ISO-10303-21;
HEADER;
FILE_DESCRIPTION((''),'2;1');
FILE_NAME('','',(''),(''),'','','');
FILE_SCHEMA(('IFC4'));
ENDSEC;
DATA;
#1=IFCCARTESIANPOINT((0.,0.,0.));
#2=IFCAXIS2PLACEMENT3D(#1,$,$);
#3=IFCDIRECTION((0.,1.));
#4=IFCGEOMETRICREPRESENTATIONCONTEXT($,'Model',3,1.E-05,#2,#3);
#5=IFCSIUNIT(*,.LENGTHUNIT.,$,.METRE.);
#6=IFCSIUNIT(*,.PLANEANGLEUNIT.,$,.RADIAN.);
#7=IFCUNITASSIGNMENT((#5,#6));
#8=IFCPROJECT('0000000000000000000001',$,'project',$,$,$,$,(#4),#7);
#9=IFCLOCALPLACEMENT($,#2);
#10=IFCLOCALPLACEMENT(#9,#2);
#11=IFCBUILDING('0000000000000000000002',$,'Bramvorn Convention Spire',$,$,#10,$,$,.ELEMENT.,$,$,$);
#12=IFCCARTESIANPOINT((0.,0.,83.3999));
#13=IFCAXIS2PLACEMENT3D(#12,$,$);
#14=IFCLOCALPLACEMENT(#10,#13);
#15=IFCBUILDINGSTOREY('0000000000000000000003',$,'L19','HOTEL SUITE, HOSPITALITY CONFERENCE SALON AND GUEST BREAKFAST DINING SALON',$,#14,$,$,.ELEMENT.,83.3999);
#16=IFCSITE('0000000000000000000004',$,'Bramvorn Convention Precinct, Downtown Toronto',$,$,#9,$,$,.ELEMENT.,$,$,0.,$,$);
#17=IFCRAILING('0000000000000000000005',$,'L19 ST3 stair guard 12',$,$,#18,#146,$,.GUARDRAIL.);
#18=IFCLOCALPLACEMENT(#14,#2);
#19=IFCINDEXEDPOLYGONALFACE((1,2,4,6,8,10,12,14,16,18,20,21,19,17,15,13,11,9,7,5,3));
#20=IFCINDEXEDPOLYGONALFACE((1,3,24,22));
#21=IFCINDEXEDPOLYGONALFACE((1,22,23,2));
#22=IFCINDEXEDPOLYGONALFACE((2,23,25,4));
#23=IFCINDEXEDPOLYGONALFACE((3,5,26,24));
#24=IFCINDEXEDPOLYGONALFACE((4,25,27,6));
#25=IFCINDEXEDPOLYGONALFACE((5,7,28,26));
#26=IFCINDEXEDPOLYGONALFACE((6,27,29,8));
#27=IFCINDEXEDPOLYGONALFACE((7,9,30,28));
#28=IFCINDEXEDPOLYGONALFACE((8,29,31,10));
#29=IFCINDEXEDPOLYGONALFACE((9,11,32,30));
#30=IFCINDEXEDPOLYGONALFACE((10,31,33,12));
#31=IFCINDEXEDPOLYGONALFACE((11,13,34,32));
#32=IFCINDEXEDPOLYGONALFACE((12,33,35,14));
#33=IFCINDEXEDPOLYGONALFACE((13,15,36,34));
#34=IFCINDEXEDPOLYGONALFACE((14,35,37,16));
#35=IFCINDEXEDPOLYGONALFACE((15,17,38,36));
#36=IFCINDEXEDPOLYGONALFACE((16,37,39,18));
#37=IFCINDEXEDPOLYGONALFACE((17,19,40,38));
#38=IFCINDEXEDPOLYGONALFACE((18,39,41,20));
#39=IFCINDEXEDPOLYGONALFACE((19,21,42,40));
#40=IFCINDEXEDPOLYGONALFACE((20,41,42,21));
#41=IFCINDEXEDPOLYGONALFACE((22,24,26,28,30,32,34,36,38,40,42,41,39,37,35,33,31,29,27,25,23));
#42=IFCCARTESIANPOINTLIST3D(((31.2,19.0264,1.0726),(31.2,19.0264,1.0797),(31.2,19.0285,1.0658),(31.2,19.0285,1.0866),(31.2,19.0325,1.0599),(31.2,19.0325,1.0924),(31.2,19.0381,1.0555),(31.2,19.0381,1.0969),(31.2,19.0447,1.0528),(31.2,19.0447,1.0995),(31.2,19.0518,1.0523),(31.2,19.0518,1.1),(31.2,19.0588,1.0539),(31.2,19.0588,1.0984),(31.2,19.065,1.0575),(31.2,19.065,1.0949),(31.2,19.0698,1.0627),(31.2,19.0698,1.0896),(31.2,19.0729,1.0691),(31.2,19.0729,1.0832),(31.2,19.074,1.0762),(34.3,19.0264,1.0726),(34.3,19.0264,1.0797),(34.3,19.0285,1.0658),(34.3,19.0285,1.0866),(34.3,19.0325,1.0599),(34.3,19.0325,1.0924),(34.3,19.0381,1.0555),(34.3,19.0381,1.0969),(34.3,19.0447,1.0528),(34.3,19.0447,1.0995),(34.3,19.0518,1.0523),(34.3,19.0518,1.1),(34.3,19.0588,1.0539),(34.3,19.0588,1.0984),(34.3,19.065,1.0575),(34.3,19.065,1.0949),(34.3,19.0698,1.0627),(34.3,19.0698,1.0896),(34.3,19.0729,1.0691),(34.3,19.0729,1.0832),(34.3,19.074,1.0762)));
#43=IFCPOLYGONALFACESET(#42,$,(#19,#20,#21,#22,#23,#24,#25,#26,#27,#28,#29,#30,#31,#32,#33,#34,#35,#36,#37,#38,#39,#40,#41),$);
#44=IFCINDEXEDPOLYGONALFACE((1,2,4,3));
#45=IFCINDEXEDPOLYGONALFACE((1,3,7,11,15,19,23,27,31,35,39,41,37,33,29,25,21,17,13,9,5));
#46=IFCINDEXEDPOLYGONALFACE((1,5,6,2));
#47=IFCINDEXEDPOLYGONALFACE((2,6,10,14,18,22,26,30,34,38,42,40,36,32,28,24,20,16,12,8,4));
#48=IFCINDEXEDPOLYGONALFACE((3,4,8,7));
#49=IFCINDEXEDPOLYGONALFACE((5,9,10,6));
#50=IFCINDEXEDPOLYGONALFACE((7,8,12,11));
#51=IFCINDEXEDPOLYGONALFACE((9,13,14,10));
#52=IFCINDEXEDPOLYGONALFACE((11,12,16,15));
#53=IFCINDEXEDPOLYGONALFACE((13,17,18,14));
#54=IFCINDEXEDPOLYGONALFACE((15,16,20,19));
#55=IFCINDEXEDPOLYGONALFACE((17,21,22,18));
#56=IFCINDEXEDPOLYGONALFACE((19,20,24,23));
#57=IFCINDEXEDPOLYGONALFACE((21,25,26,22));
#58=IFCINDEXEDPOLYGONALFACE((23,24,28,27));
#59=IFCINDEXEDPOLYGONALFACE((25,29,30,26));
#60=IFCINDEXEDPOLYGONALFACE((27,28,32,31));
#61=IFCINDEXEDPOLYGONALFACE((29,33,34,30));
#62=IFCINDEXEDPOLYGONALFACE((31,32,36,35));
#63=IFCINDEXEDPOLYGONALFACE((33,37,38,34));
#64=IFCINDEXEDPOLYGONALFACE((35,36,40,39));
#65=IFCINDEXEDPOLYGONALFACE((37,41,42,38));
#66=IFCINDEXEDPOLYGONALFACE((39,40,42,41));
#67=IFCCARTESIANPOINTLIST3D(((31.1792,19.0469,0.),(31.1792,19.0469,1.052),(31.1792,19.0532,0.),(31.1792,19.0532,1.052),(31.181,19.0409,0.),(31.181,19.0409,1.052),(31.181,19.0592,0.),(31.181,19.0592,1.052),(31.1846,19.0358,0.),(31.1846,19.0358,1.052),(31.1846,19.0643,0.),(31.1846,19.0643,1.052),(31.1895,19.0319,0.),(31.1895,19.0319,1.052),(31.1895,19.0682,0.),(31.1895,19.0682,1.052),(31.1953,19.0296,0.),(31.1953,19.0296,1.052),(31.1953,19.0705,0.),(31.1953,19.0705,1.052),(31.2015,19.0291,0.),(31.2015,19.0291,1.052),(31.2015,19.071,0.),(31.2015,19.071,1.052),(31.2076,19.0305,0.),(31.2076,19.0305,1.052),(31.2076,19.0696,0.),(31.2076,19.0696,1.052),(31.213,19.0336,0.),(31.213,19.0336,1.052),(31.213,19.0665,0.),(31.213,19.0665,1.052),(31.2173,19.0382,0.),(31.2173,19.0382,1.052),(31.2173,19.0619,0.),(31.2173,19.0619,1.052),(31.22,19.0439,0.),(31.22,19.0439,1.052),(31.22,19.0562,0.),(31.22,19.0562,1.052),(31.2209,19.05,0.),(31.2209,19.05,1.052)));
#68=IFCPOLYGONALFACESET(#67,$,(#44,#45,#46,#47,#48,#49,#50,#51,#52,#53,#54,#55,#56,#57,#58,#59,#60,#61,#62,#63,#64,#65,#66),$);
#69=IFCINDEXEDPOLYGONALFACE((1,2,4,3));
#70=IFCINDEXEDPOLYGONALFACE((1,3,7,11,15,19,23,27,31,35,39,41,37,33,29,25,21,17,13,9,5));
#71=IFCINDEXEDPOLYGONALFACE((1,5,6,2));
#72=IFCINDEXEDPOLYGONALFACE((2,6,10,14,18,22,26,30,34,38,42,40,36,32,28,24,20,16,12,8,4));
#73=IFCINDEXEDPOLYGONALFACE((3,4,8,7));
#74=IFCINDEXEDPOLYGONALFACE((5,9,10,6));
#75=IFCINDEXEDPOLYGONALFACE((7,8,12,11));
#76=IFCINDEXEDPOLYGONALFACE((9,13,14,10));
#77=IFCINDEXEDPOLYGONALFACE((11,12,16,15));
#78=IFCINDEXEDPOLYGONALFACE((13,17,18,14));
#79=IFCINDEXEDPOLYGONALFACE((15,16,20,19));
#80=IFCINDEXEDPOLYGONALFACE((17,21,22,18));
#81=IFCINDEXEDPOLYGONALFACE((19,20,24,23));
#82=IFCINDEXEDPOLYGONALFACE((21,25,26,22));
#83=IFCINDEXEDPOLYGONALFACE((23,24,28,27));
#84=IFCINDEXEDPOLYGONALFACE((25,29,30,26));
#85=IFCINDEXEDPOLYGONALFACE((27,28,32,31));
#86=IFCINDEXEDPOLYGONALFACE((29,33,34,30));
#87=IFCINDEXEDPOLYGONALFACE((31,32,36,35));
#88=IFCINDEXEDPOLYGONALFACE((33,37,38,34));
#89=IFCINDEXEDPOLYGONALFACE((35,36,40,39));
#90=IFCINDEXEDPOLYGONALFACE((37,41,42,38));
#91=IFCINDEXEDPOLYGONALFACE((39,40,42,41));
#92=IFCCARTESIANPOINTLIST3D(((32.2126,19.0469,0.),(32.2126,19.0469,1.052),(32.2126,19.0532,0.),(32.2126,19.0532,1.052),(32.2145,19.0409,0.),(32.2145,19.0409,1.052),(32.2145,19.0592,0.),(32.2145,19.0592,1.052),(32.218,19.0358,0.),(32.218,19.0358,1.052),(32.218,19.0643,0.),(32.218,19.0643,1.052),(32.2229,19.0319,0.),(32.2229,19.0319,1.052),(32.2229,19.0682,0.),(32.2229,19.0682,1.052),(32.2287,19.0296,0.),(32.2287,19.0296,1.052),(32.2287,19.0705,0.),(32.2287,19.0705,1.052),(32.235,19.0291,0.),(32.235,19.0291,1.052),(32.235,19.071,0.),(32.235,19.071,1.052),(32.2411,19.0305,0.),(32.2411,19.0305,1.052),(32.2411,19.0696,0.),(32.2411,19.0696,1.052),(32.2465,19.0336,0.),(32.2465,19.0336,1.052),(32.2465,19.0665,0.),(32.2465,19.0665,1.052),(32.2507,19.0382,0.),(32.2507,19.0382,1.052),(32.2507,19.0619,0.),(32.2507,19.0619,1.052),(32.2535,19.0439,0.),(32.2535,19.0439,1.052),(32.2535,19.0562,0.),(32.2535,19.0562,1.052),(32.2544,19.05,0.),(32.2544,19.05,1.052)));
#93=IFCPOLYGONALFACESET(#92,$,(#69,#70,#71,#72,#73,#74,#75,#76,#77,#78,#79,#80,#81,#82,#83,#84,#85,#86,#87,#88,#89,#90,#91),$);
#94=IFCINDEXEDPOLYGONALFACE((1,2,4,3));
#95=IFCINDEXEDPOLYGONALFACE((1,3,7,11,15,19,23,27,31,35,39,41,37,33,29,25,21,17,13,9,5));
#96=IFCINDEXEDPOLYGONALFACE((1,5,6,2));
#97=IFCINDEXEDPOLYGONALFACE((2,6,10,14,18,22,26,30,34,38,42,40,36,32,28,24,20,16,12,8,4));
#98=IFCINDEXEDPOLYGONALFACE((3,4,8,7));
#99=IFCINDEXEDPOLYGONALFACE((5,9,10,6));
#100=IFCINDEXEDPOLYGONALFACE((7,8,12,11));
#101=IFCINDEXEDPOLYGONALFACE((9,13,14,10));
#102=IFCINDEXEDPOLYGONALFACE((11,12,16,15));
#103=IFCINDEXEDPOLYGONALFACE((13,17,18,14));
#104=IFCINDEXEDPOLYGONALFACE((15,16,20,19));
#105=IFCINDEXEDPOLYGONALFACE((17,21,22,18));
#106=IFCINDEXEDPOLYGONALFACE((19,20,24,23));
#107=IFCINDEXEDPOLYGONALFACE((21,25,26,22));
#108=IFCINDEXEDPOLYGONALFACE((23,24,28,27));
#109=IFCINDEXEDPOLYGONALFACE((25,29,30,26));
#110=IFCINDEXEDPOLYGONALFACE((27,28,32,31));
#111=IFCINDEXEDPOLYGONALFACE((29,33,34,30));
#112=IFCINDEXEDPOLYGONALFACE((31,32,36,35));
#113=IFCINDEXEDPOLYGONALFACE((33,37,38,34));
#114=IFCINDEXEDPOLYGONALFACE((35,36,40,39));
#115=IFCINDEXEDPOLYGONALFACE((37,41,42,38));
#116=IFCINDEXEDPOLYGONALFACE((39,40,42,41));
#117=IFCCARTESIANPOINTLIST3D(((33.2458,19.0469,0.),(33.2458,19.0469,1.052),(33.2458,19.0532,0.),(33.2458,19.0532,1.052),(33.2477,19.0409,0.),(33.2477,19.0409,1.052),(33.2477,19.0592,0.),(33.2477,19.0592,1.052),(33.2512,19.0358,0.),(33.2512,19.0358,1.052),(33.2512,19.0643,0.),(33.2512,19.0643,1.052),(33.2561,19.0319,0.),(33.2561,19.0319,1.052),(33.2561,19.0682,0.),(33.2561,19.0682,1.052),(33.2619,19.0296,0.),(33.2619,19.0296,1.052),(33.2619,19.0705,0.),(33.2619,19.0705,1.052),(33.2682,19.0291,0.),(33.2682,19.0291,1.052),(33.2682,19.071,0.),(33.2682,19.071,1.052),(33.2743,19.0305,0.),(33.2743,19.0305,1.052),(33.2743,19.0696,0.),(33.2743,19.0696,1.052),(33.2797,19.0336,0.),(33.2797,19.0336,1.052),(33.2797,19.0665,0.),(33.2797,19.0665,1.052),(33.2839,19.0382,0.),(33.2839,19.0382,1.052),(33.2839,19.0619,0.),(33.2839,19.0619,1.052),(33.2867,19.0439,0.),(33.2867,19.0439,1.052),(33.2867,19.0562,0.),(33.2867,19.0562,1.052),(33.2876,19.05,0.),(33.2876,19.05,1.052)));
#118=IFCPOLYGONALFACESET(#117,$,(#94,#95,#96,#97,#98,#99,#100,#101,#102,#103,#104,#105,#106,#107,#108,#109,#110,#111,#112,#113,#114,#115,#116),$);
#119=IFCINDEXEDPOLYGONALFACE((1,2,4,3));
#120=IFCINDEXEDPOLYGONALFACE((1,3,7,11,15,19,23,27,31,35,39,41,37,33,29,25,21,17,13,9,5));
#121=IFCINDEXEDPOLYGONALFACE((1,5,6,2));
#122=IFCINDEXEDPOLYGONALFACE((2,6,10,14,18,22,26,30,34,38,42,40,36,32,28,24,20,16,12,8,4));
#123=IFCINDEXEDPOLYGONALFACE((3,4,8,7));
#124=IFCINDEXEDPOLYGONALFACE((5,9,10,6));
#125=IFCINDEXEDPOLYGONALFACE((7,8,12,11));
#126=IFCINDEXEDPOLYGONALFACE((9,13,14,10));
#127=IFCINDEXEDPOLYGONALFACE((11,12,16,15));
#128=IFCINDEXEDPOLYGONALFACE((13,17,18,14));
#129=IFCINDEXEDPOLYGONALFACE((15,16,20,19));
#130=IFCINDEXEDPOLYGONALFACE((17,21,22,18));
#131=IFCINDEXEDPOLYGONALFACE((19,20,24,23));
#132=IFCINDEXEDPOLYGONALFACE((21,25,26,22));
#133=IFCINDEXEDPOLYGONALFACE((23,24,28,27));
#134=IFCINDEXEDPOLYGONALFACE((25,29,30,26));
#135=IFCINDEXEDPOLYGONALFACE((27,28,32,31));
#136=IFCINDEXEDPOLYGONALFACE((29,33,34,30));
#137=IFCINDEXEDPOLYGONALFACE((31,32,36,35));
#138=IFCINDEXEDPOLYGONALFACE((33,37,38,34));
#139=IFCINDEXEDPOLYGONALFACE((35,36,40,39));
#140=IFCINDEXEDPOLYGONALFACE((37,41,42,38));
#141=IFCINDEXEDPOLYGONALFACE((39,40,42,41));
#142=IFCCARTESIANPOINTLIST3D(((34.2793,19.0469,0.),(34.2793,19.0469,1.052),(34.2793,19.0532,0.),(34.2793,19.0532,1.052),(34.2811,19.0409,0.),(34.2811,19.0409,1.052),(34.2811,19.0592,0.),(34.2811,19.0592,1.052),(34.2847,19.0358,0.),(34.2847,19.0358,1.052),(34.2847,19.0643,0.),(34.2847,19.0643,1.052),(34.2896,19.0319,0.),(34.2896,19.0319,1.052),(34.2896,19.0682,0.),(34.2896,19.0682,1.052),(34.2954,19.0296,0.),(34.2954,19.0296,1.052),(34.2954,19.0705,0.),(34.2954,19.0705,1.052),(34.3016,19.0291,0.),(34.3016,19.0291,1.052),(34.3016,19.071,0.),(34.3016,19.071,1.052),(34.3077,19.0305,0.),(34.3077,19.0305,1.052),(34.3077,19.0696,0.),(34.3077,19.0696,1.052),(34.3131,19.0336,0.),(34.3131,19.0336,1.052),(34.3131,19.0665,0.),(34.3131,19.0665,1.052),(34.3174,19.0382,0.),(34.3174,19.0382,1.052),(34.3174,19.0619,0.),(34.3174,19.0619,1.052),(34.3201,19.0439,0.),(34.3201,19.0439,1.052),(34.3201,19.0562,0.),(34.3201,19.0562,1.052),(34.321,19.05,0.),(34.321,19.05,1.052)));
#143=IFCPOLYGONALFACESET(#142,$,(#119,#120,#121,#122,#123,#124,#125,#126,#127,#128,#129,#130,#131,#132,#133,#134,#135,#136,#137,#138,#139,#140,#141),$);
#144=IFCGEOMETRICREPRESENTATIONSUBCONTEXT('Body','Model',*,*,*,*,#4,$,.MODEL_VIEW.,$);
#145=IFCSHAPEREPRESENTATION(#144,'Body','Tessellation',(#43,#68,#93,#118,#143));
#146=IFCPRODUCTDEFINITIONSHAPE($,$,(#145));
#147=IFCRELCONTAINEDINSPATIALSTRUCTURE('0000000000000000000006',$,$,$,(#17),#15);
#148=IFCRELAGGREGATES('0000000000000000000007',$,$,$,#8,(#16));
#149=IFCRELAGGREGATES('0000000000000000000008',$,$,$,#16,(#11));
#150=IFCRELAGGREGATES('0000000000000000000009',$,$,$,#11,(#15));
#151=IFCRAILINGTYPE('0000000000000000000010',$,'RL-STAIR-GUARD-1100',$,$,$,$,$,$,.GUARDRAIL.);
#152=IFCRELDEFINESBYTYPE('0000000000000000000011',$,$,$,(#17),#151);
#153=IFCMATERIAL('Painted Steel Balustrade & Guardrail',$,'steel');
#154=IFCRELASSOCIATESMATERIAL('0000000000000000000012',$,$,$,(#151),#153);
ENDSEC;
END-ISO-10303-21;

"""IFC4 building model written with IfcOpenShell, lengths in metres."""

from ifc_helpers import new_model, si_unit, direction, frame, origin, origin_2d, place, context, subcontext, project, spatial, circle, extrude, material, type_object, element, save


model = new_model("IFC4")

# Units and contexts
model_context = context("Model", 3, precision=1e-05, world=origin(), true_north=direction((0.0, 1.0)))
body_context = subcontext(model_context, "Body", "Model", "MODEL_VIEW")
ifc_project = project(units=[si_unit("LENGTHUNIT", "METRE"), si_unit("PLANEANGLEUNIT", "RADIAN")], contexts=[model_context])

# Site, building, storey
site_placement = place(None, origin())
site = spatial("IfcSite", under=ifc_project, at=site_placement, Name="Bramvorn Convention Precinct, Downtown Toronto", CompositionType="ELEMENT", RefElevation=0.0)
building_placement = place(site_placement, origin())
building = spatial("IfcBuilding", under=site, at=building_placement, Name="Bramvorn Convention Spire", CompositionType="ELEMENT")
storey_placement = place(building_placement, frame((0.0, 0.0, 83.3999)))
storey = spatial("IfcBuildingStorey", under=building, at=storey_placement, Name="L19", Description="HOTEL SUITE, HOSPITALITY CONFERENCE SALON AND GUEST BREAKFAST DINING SALON", CompositionType="ELEMENT", Elevation=83.3999)

# Railing
ifc_material_1 = material(Name="Painted Steel Balustrade & Guardrail", Category="steel")
railing_type = type_object("IfcRailingType", Name="RL-STAIR-GUARD-1100", PredefinedType="GUARDRAIL", material=ifc_material_1)
railing_1_placement = place(storey_placement, frame((31.2, 19.05, 0.0)))
element("IfcRailing", 1, at=railing_1_placement, inside=storey, type_object=railing_type, Name="L19 ST3 stair guard 12", PredefinedType="GUARDRAIL", context=body_context, shape_type="SweptSolid", body=[
    extrude(circle(Radius=0.0239, at=origin_2d()), frame((0.0, 0.0, 1.0762), z_axis=(1.0, 0.0, 0.0), x_axis=(0.0, 1.0, 0.0)), (0.0, 0.0, 1.0), 3.1001),
    extrude(circle(Radius=0.021, at=origin_2d()), origin(), (0.0, 0.0, 1.0), 1.052),
    extrude(circle(Radius=0.021, at=origin_2d()), frame((1.0334, 0.0, 0.0)), (0.0, 0.0, 1.0), 1.052),
    extrude(circle(Radius=0.021, at=origin_2d()), frame((2.0667, 0.0, 0.0)), (0.0, 0.0, 1.0), 1.052),
    extrude(circle(Radius=0.021, at=origin_2d()), frame((3.1001, 0.0, 0.0)), (0.0, 0.0, 1.0), 1.052),
])

save(model, "model.ifc")
